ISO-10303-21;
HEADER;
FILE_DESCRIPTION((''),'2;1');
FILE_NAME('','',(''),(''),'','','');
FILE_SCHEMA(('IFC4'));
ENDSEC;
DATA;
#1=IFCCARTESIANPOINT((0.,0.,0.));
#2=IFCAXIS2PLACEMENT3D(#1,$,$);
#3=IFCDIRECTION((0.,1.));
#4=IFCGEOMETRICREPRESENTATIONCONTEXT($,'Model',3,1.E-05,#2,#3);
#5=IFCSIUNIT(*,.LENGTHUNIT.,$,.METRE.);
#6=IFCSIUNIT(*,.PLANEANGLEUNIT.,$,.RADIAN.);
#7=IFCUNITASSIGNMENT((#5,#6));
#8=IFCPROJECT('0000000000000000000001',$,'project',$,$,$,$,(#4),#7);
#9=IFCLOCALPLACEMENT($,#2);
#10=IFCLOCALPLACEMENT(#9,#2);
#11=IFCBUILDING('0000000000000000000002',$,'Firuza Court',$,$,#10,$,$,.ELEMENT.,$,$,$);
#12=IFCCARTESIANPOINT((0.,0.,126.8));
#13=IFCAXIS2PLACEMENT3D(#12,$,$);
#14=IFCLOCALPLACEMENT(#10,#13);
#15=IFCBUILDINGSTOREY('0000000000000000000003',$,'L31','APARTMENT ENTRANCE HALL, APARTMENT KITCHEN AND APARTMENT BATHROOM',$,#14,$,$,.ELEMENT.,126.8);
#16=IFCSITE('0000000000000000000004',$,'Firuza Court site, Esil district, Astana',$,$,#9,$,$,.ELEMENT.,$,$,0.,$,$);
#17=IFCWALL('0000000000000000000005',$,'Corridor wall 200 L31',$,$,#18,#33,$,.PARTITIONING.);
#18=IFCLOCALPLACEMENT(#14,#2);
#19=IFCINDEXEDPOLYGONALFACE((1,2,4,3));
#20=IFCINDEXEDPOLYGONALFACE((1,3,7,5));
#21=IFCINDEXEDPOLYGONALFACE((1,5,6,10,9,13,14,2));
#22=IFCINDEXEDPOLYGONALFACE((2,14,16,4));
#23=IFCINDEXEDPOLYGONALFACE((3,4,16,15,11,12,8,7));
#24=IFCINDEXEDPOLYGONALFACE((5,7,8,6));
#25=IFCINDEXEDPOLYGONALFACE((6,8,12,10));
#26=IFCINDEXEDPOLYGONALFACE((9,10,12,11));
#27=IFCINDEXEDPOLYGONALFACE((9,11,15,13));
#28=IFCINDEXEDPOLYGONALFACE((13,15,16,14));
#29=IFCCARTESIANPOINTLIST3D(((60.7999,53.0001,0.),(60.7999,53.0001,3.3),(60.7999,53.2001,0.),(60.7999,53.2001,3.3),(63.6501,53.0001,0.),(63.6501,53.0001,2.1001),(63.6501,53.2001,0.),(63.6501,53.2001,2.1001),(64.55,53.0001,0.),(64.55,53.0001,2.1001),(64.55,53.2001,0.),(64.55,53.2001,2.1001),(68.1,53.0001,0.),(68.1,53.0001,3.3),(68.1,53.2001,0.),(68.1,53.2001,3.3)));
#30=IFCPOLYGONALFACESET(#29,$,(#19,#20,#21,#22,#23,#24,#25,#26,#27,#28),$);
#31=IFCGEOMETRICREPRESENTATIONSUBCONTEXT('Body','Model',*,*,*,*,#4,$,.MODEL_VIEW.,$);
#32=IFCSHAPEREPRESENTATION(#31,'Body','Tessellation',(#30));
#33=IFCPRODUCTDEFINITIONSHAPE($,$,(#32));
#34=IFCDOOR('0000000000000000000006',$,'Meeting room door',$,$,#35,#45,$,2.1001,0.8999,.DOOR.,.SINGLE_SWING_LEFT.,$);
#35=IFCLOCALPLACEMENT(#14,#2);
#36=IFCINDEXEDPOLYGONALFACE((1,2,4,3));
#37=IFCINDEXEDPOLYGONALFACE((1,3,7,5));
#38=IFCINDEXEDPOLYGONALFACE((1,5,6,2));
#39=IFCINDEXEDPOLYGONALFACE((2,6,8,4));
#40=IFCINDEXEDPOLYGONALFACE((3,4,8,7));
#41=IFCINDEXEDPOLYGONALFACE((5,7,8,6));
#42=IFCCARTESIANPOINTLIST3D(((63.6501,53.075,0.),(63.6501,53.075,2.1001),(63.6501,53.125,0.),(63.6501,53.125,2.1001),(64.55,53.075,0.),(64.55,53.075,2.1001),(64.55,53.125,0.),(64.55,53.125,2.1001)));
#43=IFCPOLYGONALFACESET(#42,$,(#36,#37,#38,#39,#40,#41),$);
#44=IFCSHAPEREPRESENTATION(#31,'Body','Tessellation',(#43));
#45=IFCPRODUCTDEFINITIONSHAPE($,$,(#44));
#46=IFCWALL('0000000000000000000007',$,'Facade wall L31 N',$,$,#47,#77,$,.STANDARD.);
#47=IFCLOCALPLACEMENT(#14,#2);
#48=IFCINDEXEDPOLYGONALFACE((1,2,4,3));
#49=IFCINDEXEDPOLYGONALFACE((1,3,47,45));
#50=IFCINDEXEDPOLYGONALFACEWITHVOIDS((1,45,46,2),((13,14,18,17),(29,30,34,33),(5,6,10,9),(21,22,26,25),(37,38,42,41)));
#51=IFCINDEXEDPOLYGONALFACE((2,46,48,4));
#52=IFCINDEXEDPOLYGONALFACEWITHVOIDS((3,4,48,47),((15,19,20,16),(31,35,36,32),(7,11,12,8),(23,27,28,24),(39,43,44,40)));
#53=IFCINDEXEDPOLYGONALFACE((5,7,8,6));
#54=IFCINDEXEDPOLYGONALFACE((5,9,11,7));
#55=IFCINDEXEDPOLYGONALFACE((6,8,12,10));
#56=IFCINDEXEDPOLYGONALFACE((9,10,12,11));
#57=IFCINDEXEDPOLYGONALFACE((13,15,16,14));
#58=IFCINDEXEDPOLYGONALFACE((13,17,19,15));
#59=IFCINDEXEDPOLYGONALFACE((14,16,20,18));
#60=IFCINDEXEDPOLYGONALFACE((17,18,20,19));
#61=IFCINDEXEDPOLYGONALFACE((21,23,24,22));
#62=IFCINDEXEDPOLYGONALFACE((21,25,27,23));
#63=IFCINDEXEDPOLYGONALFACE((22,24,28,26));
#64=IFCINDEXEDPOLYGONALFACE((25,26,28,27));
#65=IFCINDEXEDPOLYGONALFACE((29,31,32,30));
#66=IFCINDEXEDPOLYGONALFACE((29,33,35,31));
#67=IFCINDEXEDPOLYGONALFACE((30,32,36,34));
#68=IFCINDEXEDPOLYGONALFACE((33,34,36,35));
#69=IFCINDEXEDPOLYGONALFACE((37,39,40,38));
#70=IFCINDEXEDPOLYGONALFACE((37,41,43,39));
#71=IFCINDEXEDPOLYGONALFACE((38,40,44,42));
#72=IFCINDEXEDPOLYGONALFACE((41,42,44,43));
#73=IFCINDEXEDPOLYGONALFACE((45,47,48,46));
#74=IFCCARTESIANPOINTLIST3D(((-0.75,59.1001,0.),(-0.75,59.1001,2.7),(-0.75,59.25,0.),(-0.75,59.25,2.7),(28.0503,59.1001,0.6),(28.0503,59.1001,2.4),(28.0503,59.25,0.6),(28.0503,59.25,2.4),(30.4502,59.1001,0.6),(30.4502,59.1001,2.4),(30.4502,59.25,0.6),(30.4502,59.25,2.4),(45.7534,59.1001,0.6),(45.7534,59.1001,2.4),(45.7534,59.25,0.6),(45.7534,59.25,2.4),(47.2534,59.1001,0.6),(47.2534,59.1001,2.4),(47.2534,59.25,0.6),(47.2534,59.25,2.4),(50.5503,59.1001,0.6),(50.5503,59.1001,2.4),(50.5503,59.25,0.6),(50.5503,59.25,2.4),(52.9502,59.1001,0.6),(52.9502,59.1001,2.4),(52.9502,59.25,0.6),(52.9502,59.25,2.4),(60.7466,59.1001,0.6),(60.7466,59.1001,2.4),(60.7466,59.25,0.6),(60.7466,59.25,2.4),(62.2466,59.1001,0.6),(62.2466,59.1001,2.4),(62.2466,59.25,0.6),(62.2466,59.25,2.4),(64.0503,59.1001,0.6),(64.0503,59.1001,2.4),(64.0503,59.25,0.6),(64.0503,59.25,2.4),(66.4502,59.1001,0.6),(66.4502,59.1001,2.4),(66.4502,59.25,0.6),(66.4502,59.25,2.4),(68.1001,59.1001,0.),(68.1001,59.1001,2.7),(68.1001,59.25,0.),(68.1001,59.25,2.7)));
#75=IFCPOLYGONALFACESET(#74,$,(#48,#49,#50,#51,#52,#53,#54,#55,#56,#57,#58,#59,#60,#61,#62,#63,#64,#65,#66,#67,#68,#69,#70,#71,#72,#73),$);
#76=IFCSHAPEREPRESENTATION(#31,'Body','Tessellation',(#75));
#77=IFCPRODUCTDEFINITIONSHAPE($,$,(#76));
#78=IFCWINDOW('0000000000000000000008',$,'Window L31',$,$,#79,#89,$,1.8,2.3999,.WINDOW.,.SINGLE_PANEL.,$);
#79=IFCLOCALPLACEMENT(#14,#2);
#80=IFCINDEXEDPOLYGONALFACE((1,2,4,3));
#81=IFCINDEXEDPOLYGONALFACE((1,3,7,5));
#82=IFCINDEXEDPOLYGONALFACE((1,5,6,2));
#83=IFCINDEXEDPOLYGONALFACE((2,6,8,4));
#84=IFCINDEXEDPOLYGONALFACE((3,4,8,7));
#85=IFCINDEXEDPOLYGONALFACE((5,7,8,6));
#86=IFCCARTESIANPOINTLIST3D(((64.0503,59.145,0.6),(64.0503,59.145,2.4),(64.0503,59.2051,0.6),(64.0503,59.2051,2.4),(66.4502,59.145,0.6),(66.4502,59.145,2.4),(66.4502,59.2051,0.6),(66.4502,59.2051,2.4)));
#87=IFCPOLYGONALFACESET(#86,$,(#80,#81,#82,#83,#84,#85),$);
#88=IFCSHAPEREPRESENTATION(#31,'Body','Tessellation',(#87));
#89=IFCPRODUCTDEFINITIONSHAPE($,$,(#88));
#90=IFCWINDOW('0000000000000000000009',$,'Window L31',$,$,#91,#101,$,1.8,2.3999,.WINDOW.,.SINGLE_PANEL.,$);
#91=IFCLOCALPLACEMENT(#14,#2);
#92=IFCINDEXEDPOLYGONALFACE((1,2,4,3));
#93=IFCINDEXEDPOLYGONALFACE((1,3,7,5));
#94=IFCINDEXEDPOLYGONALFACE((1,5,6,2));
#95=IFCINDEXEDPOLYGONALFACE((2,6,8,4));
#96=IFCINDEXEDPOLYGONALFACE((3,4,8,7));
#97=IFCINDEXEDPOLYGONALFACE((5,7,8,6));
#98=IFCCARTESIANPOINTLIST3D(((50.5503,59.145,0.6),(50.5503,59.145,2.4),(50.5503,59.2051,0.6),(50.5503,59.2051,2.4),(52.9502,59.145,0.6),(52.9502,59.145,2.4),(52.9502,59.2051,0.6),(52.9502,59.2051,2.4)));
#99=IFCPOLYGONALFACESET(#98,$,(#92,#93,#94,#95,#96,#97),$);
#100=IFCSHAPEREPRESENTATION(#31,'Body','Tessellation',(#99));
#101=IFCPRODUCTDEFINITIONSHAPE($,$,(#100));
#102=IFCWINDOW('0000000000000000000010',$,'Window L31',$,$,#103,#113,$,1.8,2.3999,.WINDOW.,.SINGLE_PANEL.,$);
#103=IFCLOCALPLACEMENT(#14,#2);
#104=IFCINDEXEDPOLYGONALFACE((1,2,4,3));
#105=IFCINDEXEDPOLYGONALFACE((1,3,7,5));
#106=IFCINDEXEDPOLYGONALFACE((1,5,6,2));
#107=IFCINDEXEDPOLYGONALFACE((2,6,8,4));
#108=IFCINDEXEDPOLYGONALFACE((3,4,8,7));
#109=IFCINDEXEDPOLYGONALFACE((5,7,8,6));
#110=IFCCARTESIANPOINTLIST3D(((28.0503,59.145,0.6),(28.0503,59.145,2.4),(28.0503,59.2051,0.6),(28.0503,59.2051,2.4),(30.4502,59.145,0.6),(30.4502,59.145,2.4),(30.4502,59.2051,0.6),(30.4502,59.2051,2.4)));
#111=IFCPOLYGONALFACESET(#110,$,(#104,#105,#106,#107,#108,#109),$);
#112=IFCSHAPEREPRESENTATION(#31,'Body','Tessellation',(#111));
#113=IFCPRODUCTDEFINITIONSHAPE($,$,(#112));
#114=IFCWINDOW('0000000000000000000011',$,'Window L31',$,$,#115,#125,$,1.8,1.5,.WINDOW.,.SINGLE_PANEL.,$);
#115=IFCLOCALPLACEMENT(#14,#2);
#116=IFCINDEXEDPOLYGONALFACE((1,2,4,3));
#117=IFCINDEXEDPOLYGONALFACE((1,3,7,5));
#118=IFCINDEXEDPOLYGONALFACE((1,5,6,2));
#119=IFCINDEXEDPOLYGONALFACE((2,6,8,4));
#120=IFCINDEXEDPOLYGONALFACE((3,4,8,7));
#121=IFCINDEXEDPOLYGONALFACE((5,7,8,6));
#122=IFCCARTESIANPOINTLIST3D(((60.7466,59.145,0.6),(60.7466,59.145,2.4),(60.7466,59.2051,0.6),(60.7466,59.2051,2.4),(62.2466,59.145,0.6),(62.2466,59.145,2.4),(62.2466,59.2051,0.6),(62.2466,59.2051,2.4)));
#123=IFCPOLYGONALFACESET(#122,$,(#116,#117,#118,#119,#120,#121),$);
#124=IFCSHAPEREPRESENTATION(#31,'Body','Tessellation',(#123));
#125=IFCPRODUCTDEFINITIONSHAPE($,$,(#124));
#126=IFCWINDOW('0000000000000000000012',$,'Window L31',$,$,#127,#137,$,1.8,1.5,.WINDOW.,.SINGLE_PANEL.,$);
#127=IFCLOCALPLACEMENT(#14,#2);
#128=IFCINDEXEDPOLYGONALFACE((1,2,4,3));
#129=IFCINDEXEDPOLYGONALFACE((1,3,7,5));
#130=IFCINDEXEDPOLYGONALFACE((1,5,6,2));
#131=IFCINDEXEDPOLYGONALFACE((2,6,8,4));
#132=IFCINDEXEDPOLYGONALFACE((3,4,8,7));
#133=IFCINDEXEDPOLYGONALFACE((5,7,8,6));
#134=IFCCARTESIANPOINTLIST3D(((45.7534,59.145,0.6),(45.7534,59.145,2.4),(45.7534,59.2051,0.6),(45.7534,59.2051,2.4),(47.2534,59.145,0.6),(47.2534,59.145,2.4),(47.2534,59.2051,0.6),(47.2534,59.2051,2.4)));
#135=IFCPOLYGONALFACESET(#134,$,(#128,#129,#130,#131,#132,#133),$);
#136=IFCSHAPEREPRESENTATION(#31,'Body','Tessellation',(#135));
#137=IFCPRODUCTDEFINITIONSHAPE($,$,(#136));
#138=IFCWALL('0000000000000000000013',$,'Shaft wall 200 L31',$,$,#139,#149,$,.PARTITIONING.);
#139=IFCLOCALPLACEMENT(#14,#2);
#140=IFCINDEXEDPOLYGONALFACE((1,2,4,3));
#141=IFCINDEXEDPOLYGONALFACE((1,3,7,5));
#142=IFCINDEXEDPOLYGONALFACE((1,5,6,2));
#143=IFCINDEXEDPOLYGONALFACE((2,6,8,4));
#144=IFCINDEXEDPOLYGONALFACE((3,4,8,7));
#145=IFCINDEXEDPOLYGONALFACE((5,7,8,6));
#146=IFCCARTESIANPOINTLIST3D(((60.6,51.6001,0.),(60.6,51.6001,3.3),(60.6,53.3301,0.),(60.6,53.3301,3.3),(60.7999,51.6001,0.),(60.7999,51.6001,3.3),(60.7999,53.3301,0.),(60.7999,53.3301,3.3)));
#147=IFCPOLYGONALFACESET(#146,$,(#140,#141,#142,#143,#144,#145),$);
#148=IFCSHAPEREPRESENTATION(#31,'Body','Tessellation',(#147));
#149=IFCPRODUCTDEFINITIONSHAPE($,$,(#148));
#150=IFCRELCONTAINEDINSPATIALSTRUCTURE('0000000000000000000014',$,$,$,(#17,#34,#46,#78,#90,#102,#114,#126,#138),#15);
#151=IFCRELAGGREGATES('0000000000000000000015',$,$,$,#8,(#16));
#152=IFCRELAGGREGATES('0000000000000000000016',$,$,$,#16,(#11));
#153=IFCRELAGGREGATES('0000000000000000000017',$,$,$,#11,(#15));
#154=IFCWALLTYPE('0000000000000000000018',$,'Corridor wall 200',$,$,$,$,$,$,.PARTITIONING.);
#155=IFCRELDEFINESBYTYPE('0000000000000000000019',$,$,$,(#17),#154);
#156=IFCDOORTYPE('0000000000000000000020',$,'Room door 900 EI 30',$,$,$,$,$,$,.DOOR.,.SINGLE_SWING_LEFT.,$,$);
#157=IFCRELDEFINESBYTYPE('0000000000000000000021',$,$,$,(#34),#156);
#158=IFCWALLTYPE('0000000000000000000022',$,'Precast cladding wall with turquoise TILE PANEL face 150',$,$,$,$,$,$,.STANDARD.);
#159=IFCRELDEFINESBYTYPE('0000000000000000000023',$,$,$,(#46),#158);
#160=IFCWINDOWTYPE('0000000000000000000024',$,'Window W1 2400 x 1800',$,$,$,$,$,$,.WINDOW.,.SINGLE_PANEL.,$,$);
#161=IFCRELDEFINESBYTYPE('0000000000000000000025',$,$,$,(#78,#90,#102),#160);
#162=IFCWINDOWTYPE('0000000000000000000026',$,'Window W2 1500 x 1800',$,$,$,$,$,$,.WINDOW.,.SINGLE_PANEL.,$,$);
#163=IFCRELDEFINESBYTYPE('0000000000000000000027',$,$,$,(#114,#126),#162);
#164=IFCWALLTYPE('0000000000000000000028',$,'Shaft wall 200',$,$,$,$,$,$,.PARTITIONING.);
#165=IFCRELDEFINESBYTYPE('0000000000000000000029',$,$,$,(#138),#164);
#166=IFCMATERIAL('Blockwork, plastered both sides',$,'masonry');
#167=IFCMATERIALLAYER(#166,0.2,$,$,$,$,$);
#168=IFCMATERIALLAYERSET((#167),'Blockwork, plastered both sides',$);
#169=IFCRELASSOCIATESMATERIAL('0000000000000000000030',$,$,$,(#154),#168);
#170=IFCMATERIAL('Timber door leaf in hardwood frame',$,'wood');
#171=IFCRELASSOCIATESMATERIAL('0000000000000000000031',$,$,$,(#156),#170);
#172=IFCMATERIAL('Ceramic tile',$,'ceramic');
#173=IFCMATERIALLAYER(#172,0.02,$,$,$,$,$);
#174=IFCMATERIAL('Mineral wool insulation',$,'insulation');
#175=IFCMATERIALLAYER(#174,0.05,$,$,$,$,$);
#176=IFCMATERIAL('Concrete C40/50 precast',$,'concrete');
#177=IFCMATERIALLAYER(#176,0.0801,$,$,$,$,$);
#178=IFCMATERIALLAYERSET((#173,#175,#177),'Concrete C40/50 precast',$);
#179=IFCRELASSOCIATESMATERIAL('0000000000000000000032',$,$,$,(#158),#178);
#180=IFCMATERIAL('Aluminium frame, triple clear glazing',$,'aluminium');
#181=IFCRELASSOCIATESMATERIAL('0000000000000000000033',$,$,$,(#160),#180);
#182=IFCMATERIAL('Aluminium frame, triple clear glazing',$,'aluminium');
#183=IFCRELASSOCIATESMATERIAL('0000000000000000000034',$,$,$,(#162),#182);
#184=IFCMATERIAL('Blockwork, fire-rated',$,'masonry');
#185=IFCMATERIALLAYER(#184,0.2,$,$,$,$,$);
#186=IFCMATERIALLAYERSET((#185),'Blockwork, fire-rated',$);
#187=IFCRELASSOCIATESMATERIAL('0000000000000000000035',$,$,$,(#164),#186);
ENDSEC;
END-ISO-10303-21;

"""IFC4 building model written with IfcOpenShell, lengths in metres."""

from ifc_helpers import new_model, si_unit, direction, frame, frame_2d, origin, place, context, subcontext, project, spatial, rectangle, extrude, material, layer, layer_set, type_object, element, fill, save


model = new_model("IFC4")

# Units and contexts
model_context = context("Model", 3, precision=1e-05, world=origin(), true_north=direction((0.0, 1.0)))
body_context = subcontext(model_context, "Body", "Model", "MODEL_VIEW")
ifc_project = project(units=[si_unit("LENGTHUNIT", "METRE"), si_unit("PLANEANGLEUNIT", "RADIAN")], contexts=[model_context])

# Site, building, storey
site_placement = place(None, origin())
site = spatial("IfcSite", under=ifc_project, at=site_placement, Name="Firuza Court site, Esil district, Astana", CompositionType="ELEMENT", RefElevation=0.0)
building_placement = place(site_placement, origin())
building = spatial("IfcBuilding", under=site, at=building_placement, Name="Firuza Court", CompositionType="ELEMENT")
storey_placement = place(building_placement, frame((0.0, 0.0, 126.8)))
storey = spatial("IfcBuildingStorey", under=building, at=storey_placement, Name="L31", Description="APARTMENT ENTRANCE HALL, APARTMENT KITCHEN AND APARTMENT BATHROOM", CompositionType="ELEMENT", Elevation=126.8)

# Wall, opening, door
ifc_material_1 = material(Name="Blockwork, plastered both sides", Category="masonry")
ifc_layer_1 = layer(ifc_material_1, 0.2)
ifc_layer_set_1 = layer_set([ifc_layer_1], Name="Blockwork, plastered both sides")
wall_type_1 = type_object("IfcWallType", Name="Corridor wall 200", PredefinedType="PARTITIONING", material=ifc_layer_set_1)
wall_1_placement = place(storey_placement, frame((60.8, 53.1001, 0.0), z_axis=(0.0, 0.0, 1.0), x_axis=(1.0, 0.0, 0.0)))
wall_1 = element("IfcWall", 1, at=wall_1_placement, inside=storey, type_object=wall_type_1, Name="Corridor wall 200 L31", PredefinedType="PARTITIONING", context=body_context, shape_type="SweptSolid", body=[
    extrude(rectangle(XDim=7.3, YDim=0.2, at=frame_2d((3.6499, 0.0))), origin(), (0.0, 0.0, 1.0), 3.3),
])
opening_1_placement = place(wall_1_placement, frame((2.8501, 0.0, 0.0)))
opening_1 = element("IfcOpeningElement", 2, at=opening_1_placement, cuts=wall_1, PredefinedType="OPENING", context=body_context, shape_type="SweptSolid", body=[
    extrude(rectangle(XDim=0.8999, YDim=2.1001, at=frame_2d((0.45, 1.05))), frame((0.0, 0.1118, 0.0), z_axis=(0.0, -1.0, 0.0), x_axis=(1.0, 0.0, 0.0)), (0.0, 0.0, 1.0), 0.2239),
])
ifc_material_2 = material(Name="Timber door leaf in hardwood frame", Category="wood")
door_type_1 = type_object("IfcDoorType", Name="Room door 900 EI 30", OperationType="SINGLE_SWING_LEFT", PredefinedType="DOOR", material=ifc_material_2)
door_1_placement = place(opening_1_placement, origin())
door_1 = element("IfcDoor", 3, at=door_1_placement, inside=storey, type_object=door_type_1, Name="Meeting room door", OperationType="SINGLE_SWING_LEFT", OverallHeight=2.1001, OverallWidth=0.8999, PredefinedType="DOOR", context=body_context, shape_type="SweptSolid", body=[
    extrude(rectangle(XDim=0.8999, YDim=2.1001, at=frame_2d((0.45, 1.05))), frame((0.0, 0.0249, 0.0), z_axis=(0.0, -1.0, 0.0), x_axis=(1.0, 0.0, 0.0)), (0.0, 0.0, 1.0), 0.05),
])
fill(opening_1, door_1)

# Wall, openings, windows
ifc_material_3 = material(Name="Ceramic tile", Category="ceramic")
ifc_layer_2 = layer(ifc_material_3, 0.02)
ifc_material_4 = material(Name="Mineral wool insulation", Category="insulation")
ifc_layer_3 = layer(ifc_material_4, 0.05)
ifc_material_5 = material(Name="Concrete C40/50 precast", Category="concrete")
ifc_layer_4 = layer(ifc_material_5, 0.0801)
ifc_layer_set_2 = layer_set([ifc_layer_2, ifc_layer_3, ifc_layer_4], Name="Concrete C40/50 precast")
wall_type_2 = type_object("IfcWallType", Name="Precast cladding wall with turquoise TILE PANEL face 150", PredefinedType="STANDARD", material=ifc_layer_set_2)
wall_2_placement = place(storey_placement, frame((68.1001, 59.175, 0.0), z_axis=(0.0, 0.0, 1.0), x_axis=(-1.0, 0.0, 0.0)))
wall_2 = element("IfcWall", 4, at=wall_2_placement, inside=storey, type_object=wall_type_2, Name="Facade wall L31 N", PredefinedType="STANDARD", context=body_context, shape_type="SweptSolid", body=[
    extrude(rectangle(XDim=68.8501, YDim=0.1499, at=frame_2d((34.425, 0.0))), origin(), (0.0, 0.0, 1.0), 2.7),
])
opening_2_placement = place(wall_2_placement, frame((1.6499, 0.0, 0.6001)))
opening_2 = element("IfcOpeningElement", 5, at=opening_2_placement, cuts=wall_2, PredefinedType="OPENING", context=body_context, shape_type="SweptSolid", body=[
    extrude(rectangle(XDim=2.3999, YDim=1.8, at=frame_2d((1.2, 0.8999))), frame((0.0, 0.0869, 0.0), z_axis=(0.0, -1.0, 0.0), x_axis=(1.0, 0.0, 0.0)), (0.0, 0.0, 1.0), 0.1738),
])
opening_3_placement = place(wall_2_placement, frame((5.8535, 0.0, 0.6001)))
opening_3 = element("IfcOpeningElement", 6, at=opening_3_placement, cuts=wall_2, PredefinedType="OPENING", context=body_context, shape_type="SweptSolid", body=[
    extrude(rectangle(XDim=1.5, YDim=1.8, at=frame_2d((0.75, 0.8999))), frame((0.0, 0.0869, 0.0), z_axis=(0.0, -1.0, 0.0), x_axis=(1.0, 0.0, 0.0)), (0.0, 0.0, 1.0), 0.1738),
])
opening_4_placement = place(wall_2_placement, frame((15.1499, 0.0, 0.6001)))
opening_4 = element("IfcOpeningElement", 7, at=opening_4_placement, cuts=wall_2, PredefinedType="OPENING", context=body_context, shape_type="SweptSolid", body=[
    extrude(rectangle(XDim=2.3999, YDim=1.8, at=frame_2d((1.2, 0.8999))), frame((0.0, 0.0869, 0.0), z_axis=(0.0, -1.0, 0.0), x_axis=(1.0, 0.0, 0.0)), (0.0, 0.0, 1.0), 0.1738),
])
opening_5_placement = place(wall_2_placement, frame((20.8467, 0.0, 0.6001)))
opening_5 = element("IfcOpeningElement", 8, at=opening_5_placement, cuts=wall_2, PredefinedType="OPENING", context=body_context, shape_type="SweptSolid", body=[
    extrude(rectangle(XDim=1.5, YDim=1.8, at=frame_2d((0.75, 0.8999))), frame((0.0, 0.0869, 0.0), z_axis=(0.0, -1.0, 0.0), x_axis=(1.0, 0.0, 0.0)), (0.0, 0.0, 1.0), 0.1738),
])
opening_6_placement = place(wall_2_placement, frame((37.6499, 0.0, 0.6001)))
opening_6 = element("IfcOpeningElement", 9, at=opening_6_placement, cuts=wall_2, PredefinedType="OPENING", context=body_context, shape_type="SweptSolid", body=[
    extrude(rectangle(XDim=2.3999, YDim=1.8, at=frame_2d((1.2, 0.8999))), frame((0.0, 0.0869, 0.0), z_axis=(0.0, -1.0, 0.0), x_axis=(1.0, 0.0, 0.0)), (0.0, 0.0, 1.0), 0.1738),
])
ifc_material_6 = material(Name="Aluminium frame, triple clear glazing", Category="aluminium")
window_type_1 = type_object("IfcWindowType", Name="Window W1 2400 x 1800", PartitioningType="SINGLE_PANEL", PredefinedType="WINDOW", material=ifc_material_6)
window_1_placement = place(opening_2_placement, origin())
window_1 = element("IfcWindow", 10, at=window_1_placement, inside=storey, type_object=window_type_1, Name="Window L31", OverallHeight=1.8, OverallWidth=2.3999, PartitioningType="SINGLE_PANEL", PredefinedType="WINDOW", context=body_context, shape_type="SweptSolid", body=[
    extrude(rectangle(XDim=2.3999, YDim=1.8, at=frame_2d((1.2, 0.8999))), frame((0.0, 0.03, 0.0), z_axis=(0.0, -1.0, 0.0), x_axis=(1.0, 0.0, 0.0)), (0.0, 0.0, 1.0), 0.0601),
])
fill(opening_2, window_1)
window_2_placement = place(opening_4_placement, origin())
window_2 = element("IfcWindow", 11, at=window_2_placement, inside=storey, type_object=window_type_1, Name="Window L31", OverallHeight=1.8, OverallWidth=2.3999, PartitioningType="SINGLE_PANEL", PredefinedType="WINDOW", context=body_context, shape_type="SweptSolid", body=[
    extrude(rectangle(XDim=2.3999, YDim=1.8, at=frame_2d((1.2, 0.8999))), frame((0.0, 0.03, 0.0), z_axis=(0.0, -1.0, 0.0), x_axis=(1.0, 0.0, 0.0)), (0.0, 0.0, 1.0), 0.0601),
])
fill(opening_4, window_2)
window_3_placement = place(opening_6_placement, origin())
window_3 = element("IfcWindow", 12, at=window_3_placement, inside=storey, type_object=window_type_1, Name="Window L31", OverallHeight=1.8, OverallWidth=2.3999, PartitioningType="SINGLE_PANEL", PredefinedType="WINDOW", context=body_context, shape_type="SweptSolid", body=[
    extrude(rectangle(XDim=2.3999, YDim=1.8, at=frame_2d((1.2, 0.8999))), frame((0.0, 0.03, 0.0), z_axis=(0.0, -1.0, 0.0), x_axis=(1.0, 0.0, 0.0)), (0.0, 0.0, 1.0), 0.0601),
])
fill(opening_6, window_3)
ifc_material_7 = material(Name="Aluminium frame, triple clear glazing", Category="aluminium")
window_type_2 = type_object("IfcWindowType", Name="Window W2 1500 x 1800", PartitioningType="SINGLE_PANEL", PredefinedType="WINDOW", material=ifc_material_7)
window_4_placement = place(opening_3_placement, origin())
window_4 = element("IfcWindow", 13, at=window_4_placement, inside=storey, type_object=window_type_2, Name="Window L31", OverallHeight=1.8, OverallWidth=1.5, PartitioningType="SINGLE_PANEL", PredefinedType="WINDOW", context=body_context, shape_type="SweptSolid", body=[
    extrude(rectangle(XDim=1.5, YDim=1.8, at=frame_2d((0.75, 0.8999))), frame((0.0, 0.03, 0.0), z_axis=(0.0, -1.0, 0.0), x_axis=(1.0, 0.0, 0.0)), (0.0, 0.0, 1.0), 0.0601),
])
fill(opening_3, window_4)
window_5_placement = place(opening_5_placement, origin())
window_5 = element("IfcWindow", 14, at=window_5_placement, inside=storey, type_object=window_type_2, Name="Window L31", OverallHeight=1.8, OverallWidth=1.5, PartitioningType="SINGLE_PANEL", PredefinedType="WINDOW", context=body_context, shape_type="SweptSolid", body=[
    extrude(rectangle(XDim=1.5, YDim=1.8, at=frame_2d((0.75, 0.8999))), frame((0.0, 0.03, 0.0), z_axis=(0.0, -1.0, 0.0), x_axis=(1.0, 0.0, 0.0)), (0.0, 0.0, 1.0), 0.0601),
])
fill(opening_5, window_5)

# Wall
ifc_material_8 = material(Name="Blockwork, fire-rated", Category="masonry")
ifc_layer_5 = layer(ifc_material_8, 0.2)
ifc_layer_set_3 = layer_set([ifc_layer_5], Name="Blockwork, fire-rated")
wall_type_3 = type_object("IfcWallType", Name="Shaft wall 200", PredefinedType="PARTITIONING", material=ifc_layer_set_3)
wall_3_placement = place(storey_placement, frame((60.7, 51.6001, 0.0), z_axis=(0.0, 0.0, 1.0), x_axis=(0.0, 1.0, 0.0)))
element("IfcWall", 15, at=wall_3_placement, inside=storey, type_object=wall_type_3, Name="Shaft wall 200 L31", PredefinedType="PARTITIONING", context=body_context, shape_type="SweptSolid", body=[
    extrude(rectangle(XDim=1.73, YDim=0.2, at=frame_2d((0.865, 0.0))), origin(), (0.0, 0.0, 1.0), 3.3),
])

save(model, "model.ifc")
